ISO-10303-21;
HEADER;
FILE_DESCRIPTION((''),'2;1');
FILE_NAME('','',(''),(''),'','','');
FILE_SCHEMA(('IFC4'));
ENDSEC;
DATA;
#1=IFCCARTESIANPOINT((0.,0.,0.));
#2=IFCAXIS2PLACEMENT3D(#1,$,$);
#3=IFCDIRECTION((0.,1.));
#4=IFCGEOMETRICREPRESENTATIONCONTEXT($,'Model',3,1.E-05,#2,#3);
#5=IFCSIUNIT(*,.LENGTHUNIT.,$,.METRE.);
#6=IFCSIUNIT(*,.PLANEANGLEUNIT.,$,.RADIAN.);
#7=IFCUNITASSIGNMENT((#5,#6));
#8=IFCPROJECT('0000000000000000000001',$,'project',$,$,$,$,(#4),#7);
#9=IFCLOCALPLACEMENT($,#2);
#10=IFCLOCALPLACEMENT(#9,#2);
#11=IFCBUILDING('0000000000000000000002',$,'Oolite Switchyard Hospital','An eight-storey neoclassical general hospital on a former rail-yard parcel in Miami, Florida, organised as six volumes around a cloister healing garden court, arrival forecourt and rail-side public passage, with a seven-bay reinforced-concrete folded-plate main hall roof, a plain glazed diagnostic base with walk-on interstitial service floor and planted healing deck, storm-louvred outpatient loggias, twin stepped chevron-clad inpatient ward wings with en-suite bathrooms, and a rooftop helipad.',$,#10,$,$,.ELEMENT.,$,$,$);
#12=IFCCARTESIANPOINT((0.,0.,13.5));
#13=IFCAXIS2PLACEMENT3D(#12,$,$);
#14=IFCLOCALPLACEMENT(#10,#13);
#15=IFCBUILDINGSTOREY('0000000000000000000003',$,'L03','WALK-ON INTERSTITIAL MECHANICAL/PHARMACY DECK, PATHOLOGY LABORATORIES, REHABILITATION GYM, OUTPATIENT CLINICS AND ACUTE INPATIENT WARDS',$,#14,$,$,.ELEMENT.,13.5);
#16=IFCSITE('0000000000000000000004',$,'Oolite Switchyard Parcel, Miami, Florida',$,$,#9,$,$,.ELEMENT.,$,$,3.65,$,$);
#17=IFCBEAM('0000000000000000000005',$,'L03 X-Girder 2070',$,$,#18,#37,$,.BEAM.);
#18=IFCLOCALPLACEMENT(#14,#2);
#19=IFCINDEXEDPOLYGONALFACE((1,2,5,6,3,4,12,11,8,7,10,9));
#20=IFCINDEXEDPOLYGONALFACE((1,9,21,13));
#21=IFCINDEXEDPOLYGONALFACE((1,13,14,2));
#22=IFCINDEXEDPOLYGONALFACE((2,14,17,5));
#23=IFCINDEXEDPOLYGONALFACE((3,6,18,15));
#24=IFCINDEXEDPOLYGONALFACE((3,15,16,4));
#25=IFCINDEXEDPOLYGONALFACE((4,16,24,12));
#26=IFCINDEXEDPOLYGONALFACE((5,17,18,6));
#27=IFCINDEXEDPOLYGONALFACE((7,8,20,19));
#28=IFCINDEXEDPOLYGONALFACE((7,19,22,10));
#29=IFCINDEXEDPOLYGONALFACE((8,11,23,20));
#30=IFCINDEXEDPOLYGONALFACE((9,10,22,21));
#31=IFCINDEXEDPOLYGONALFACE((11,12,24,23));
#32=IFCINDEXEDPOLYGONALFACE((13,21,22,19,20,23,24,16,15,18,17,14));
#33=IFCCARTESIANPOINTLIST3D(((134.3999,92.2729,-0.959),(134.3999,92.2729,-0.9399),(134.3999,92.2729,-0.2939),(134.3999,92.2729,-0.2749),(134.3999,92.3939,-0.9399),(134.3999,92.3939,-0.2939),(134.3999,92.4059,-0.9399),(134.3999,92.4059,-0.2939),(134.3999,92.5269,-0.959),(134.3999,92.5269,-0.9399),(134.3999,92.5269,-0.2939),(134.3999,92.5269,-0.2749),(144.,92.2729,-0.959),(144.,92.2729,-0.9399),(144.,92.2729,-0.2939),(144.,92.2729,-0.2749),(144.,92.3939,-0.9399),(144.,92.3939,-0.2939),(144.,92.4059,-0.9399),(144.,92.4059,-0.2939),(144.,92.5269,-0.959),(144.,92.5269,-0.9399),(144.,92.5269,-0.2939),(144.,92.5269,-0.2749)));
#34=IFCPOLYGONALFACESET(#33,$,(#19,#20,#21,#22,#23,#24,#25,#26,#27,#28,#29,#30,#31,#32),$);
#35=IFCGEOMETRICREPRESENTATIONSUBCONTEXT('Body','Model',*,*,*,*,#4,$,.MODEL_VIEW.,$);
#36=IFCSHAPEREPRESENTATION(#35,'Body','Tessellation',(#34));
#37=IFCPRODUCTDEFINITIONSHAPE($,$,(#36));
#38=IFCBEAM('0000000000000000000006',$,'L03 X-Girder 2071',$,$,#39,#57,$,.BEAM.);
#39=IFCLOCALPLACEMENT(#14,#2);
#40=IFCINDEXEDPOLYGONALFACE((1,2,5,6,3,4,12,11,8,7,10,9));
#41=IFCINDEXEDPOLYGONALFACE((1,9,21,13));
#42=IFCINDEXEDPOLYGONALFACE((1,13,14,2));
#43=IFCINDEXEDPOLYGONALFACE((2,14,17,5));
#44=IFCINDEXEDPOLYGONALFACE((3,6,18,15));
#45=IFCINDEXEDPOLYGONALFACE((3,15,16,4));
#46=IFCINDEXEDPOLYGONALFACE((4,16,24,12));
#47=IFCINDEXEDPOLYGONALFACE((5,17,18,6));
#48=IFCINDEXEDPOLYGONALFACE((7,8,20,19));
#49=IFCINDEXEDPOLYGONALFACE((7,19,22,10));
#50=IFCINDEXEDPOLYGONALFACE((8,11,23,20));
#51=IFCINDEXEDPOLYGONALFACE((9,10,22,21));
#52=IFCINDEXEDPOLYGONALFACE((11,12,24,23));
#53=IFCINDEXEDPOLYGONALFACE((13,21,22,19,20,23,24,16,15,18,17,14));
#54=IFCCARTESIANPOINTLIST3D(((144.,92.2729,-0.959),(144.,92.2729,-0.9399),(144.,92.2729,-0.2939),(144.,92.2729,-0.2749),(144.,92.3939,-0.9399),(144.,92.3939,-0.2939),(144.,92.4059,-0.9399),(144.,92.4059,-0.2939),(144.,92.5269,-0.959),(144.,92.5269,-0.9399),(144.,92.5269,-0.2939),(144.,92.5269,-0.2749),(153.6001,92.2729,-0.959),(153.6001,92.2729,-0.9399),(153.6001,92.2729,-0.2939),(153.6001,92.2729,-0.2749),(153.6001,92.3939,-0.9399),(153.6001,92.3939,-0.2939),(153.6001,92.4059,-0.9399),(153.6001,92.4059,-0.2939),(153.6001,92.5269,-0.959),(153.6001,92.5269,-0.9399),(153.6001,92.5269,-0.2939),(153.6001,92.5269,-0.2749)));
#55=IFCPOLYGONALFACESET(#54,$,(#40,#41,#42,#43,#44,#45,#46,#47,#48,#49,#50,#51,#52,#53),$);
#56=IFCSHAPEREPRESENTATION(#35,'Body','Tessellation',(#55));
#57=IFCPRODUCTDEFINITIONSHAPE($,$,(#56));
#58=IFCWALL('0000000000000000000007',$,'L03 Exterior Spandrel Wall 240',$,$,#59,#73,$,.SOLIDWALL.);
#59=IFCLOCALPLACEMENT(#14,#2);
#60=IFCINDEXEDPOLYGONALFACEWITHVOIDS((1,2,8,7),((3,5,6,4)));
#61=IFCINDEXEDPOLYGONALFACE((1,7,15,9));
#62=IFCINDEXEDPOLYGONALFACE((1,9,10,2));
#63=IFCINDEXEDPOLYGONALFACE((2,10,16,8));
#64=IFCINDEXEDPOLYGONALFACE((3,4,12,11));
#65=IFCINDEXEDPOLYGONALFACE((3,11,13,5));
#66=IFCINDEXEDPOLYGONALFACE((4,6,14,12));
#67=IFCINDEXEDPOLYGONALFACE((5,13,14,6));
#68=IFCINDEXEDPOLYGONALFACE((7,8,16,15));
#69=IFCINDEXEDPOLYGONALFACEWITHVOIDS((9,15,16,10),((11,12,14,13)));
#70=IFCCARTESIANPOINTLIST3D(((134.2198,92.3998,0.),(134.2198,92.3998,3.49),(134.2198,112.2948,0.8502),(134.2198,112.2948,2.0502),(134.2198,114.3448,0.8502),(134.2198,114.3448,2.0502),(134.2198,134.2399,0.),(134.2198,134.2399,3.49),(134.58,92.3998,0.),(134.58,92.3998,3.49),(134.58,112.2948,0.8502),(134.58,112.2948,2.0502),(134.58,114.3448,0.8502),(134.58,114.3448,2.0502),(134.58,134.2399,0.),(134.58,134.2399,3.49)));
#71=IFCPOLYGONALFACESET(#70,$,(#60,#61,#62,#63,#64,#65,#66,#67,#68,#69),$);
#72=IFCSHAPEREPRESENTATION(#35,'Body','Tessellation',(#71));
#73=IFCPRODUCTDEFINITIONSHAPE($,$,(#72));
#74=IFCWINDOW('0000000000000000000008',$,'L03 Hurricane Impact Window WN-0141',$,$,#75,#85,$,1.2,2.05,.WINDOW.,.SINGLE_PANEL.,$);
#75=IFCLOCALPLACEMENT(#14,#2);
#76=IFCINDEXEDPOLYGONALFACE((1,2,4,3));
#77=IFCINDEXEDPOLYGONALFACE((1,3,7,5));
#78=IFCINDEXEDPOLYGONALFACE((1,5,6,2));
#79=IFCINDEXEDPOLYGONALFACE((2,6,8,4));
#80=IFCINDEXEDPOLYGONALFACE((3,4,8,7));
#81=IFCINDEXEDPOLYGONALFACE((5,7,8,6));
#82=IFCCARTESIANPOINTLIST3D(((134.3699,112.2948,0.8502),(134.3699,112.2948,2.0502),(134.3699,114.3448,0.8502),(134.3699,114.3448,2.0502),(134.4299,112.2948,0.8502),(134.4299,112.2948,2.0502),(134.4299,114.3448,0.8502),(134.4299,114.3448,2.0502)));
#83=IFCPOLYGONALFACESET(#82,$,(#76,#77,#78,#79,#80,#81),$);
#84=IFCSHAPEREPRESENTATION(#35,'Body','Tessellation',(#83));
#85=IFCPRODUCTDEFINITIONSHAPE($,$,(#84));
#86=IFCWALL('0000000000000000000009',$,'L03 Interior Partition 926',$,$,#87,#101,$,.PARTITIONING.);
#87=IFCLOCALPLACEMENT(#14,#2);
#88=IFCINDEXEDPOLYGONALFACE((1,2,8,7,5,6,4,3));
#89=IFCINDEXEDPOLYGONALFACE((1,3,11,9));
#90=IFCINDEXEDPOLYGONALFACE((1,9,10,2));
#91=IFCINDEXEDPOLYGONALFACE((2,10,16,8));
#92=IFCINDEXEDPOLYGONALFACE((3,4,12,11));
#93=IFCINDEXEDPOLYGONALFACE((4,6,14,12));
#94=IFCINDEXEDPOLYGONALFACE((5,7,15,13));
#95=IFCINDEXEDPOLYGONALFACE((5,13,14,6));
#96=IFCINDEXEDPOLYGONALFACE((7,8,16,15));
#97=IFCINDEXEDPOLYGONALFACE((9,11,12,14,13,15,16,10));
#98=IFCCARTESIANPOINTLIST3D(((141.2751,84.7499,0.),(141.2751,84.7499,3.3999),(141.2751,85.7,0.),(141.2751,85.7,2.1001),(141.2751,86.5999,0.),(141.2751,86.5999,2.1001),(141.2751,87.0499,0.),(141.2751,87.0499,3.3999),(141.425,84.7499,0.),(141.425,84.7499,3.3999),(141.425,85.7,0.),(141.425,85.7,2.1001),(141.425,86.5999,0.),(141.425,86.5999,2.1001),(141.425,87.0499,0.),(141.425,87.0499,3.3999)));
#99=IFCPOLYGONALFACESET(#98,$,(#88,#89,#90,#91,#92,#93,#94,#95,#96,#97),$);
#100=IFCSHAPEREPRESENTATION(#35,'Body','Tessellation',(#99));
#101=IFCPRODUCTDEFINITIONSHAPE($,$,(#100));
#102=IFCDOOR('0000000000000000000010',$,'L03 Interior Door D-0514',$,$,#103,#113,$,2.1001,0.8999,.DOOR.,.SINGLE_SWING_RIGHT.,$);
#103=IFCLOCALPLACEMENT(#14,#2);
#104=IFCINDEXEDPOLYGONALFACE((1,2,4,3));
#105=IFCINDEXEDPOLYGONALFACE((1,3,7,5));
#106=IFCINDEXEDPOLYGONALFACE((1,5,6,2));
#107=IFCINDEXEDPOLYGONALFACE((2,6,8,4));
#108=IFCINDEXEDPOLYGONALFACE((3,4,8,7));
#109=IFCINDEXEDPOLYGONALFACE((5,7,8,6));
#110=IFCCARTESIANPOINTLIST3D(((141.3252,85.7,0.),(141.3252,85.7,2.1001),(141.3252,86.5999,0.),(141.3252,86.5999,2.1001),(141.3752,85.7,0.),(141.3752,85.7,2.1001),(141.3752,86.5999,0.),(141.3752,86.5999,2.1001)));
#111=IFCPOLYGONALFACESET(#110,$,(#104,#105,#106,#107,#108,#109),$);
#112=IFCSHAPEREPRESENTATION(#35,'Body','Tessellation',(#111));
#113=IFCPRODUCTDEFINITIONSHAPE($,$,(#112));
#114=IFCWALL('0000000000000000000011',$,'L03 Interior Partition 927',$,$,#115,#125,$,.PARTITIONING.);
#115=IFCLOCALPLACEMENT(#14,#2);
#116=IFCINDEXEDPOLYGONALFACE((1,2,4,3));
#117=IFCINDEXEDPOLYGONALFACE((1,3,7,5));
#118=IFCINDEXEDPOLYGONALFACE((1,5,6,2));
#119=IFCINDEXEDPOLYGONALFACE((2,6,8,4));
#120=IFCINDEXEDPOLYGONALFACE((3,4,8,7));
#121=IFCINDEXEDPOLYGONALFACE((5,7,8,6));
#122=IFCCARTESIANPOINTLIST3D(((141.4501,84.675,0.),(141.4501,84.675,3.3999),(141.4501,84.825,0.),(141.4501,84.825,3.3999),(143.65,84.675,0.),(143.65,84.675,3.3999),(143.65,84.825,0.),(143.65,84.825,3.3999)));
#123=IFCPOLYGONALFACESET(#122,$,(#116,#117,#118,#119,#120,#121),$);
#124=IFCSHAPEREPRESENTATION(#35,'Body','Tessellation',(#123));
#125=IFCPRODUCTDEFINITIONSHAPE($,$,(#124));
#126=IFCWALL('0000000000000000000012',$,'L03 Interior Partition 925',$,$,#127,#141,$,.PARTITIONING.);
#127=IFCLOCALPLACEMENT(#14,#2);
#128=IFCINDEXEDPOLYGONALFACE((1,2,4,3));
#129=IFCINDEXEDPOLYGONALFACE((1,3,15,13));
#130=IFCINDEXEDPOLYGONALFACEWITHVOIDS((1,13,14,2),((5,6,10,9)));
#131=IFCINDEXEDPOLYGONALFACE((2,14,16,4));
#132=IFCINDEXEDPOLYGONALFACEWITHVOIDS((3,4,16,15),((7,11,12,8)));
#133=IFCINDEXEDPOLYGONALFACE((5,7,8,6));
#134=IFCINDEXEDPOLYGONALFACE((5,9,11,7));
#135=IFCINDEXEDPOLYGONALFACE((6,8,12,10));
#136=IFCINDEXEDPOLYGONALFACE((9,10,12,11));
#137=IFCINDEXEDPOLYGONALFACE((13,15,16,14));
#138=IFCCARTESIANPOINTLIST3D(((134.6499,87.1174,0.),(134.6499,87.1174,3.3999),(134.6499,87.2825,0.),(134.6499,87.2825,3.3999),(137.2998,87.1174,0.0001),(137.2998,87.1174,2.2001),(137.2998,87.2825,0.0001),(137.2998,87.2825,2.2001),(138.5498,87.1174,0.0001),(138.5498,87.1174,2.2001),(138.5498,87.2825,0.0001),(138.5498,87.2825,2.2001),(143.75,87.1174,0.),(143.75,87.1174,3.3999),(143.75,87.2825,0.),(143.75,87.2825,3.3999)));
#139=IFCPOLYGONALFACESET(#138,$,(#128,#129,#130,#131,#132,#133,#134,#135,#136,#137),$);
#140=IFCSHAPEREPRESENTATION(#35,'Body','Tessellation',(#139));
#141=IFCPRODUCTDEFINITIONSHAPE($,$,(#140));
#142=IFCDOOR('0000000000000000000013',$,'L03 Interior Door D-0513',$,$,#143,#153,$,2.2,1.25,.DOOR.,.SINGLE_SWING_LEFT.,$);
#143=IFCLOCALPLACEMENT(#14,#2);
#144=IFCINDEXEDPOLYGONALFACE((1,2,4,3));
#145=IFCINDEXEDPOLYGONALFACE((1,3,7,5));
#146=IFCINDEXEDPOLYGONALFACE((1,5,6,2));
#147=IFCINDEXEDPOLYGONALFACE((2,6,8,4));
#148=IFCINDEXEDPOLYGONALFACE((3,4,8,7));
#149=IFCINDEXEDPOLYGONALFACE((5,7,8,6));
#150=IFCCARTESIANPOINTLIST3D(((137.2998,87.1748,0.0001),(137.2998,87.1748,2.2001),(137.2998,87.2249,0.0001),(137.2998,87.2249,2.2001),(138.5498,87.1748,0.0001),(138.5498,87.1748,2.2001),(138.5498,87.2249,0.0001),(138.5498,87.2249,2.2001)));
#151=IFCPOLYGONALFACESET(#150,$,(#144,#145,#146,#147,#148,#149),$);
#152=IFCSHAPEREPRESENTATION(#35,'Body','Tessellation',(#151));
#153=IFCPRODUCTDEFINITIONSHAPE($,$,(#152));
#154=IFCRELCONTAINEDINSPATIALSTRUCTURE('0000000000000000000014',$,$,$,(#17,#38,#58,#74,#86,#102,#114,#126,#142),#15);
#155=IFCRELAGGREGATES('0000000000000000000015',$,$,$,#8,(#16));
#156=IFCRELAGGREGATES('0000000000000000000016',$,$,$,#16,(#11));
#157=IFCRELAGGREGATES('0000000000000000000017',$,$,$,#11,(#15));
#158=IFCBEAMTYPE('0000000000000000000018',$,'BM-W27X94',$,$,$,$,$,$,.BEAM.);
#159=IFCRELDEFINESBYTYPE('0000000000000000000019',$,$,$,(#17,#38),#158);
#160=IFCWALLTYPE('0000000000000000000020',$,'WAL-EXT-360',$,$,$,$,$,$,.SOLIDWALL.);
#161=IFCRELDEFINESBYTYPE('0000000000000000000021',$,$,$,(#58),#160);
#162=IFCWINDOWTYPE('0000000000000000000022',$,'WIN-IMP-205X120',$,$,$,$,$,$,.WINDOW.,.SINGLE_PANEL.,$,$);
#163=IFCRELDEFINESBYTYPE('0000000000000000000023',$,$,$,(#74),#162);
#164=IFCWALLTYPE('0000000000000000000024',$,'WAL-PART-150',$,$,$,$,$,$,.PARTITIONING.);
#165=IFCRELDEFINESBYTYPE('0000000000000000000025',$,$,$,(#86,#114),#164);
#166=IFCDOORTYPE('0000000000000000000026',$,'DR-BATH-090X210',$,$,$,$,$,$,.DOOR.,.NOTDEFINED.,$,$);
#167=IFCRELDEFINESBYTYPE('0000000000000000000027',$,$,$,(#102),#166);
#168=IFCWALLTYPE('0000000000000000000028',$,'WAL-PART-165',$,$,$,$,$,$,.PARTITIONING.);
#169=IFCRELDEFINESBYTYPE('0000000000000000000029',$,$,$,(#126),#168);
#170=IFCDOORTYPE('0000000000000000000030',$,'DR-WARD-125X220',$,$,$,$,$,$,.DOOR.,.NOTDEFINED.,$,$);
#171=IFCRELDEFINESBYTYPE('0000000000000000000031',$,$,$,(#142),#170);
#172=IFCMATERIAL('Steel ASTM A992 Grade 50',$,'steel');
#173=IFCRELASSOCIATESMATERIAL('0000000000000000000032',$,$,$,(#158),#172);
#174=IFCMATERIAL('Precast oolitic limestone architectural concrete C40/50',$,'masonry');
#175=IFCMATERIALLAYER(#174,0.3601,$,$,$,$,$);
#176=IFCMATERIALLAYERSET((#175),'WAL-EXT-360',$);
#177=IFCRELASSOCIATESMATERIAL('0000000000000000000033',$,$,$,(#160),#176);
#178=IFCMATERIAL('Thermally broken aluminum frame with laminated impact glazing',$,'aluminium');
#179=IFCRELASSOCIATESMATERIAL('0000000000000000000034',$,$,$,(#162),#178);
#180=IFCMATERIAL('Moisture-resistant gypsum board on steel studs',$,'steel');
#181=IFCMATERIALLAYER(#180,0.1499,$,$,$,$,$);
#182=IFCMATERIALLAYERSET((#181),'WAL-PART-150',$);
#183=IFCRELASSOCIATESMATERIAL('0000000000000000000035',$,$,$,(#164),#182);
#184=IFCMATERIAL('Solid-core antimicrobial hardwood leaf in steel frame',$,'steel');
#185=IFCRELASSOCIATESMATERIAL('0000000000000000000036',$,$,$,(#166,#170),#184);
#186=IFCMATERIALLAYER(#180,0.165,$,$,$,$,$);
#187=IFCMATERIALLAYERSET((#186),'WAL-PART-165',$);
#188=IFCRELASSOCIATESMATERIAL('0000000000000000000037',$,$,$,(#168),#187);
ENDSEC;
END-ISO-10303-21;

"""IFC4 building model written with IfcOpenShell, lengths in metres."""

from ifc_helpers import new_model, si_unit, direction, frame, frame_2d, origin, origin_2d, place, context, subcontext, project, spatial, rectangle, i_section, extrude, material, layer, layer_set, material_profile, profile_set, type_object, element, fill, save


model = new_model("IFC4")

# Units and contexts
model_context = context("Model", 3, precision=1e-05, world=origin(), true_north=direction((0.0, 1.0)))
body_context = subcontext(model_context, "Body", "Model", "MODEL_VIEW")
ifc_project = project(units=[si_unit("LENGTHUNIT", "METRE"), si_unit("PLANEANGLEUNIT", "RADIAN")], contexts=[model_context])

# Site, building, storey
site_placement = place(None, origin())
site = spatial("IfcSite", under=ifc_project, at=site_placement, Name="Oolite Switchyard Parcel, Miami, Florida", CompositionType="ELEMENT", RefElevation=3.65)
building_placement = place(site_placement, origin())
building = spatial("IfcBuilding", under=site, at=building_placement, Name="Oolite Switchyard Hospital", Description="An eight-storey neoclassical general hospital on a former rail-yard parcel in Miami, Florida, organised as six volumes around a cloister healing garden court, arrival forecourt and rail-side public passage, with a seven-bay reinforced-concrete folded-plate main hall roof, a plain glazed diagnostic base with walk-on interstitial service floor and planted healing deck, storm-louvred outpatient loggias, twin stepped chevron-clad inpatient ward wings with en-suite bathrooms, and a rooftop helipad.", CompositionType="ELEMENT")
storey_placement = place(building_placement, frame((0.0, 0.0, 13.5)))
storey = spatial("IfcBuildingStorey", under=building, at=storey_placement, Name="L03", Description="WALK-ON INTERSTITIAL MECHANICAL/PHARMACY DECK, PATHOLOGY LABORATORIES, REHABILITATION GYM, OUTPATIENT CLINICS AND ACUTE INPATIENT WARDS", CompositionType="ELEMENT", Elevation=13.5)

# Beams
ifc_material_1 = material(Name="Steel ASTM A992 Grade 50", Category="steel")
ifc_material_profile_1 = material_profile(ifc_material_1, i_section(OverallWidth=0.2539, OverallDepth=0.6841, WebThickness=0.012, FlangeThickness=0.019, at=origin_2d()), Name="W27X94")
ifc_profile_set_1 = profile_set([ifc_material_profile_1], Name="Steel ASTM A992 Grade 50")
beam_type_1 = type_object("IfcBeamType", Name="BM-W27X94", PredefinedType="BEAM", material=ifc_profile_set_1)
for number, where, z_axis, x_axis, name in (
    (1, (134.3999, 92.3999, -0.6169), (1.0, 0.0, 0.0), (0.0, 1.0, 0.0), "L03 X-Girder 2070"),
    (2, (144.0, 92.3999, -0.6169), (1.0, 0.0, 0.0), (0.0, 1.0, 0.0), "L03 X-Girder 2071"),
):
    element("IfcBeam", number, at=place(storey_placement, frame(where, z_axis=z_axis, x_axis=x_axis)), inside=storey, type_object=beam_type_1, Name=name, PredefinedType="BEAM", context=body_context, shape_type="SweptSolid", body=[
        extrude(i_section(OverallWidth=0.2539, OverallDepth=0.6841, WebThickness=0.012, FlangeThickness=0.019, at=origin_2d()), origin(), (0.0, 0.0, 1.0), 9.6001),
    ])

# Wall, opening, window
ifc_material_2 = material(Name="Precast oolitic limestone architectural concrete C40/50", Category="masonry")
ifc_layer_1 = layer(ifc_material_2, 0.3601)
ifc_layer_set_1 = layer_set([ifc_layer_1], Name="WAL-EXT-360")
wall_type_1 = type_object("IfcWallType", Name="WAL-EXT-360", PredefinedType="SOLIDWALL", material=ifc_layer_set_1)
wall_1_placement = place(storey_placement, frame((134.3999, 92.3999, 0.0), z_axis=(0.0, 0.0, 1.0), x_axis=(0.0, 1.0, 0.0)))
wall_1 = element("IfcWall", 3, at=wall_1_placement, inside=storey, type_object=wall_type_1, Name="L03 Exterior Spandrel Wall 240", PredefinedType="SOLIDWALL", context=body_context, shape_type="SweptSolid", body=[
    extrude(rectangle(XDim=41.8401, YDim=0.3601, at=frame_2d((20.9199, 0.0))), origin(), (0.0, 0.0, 1.0), 3.49),
])
opening_1_placement = place(wall_1_placement, frame((19.895, 0.0, 0.8501)))
opening_1 = element("IfcOpeningElement", 4, at=opening_1_placement, cuts=wall_1, PredefinedType="OPENING", context=body_context, shape_type="SweptSolid", body=[
    extrude(rectangle(XDim=2.05, YDim=1.2, at=frame_2d((1.0249, 0.6001))), frame((0.0, 0.1899, 0.0), z_axis=(0.0, -1.0, 0.0), x_axis=(1.0, 0.0, 0.0)), (0.0, 0.0, 1.0), 0.3801),
])
ifc_material_3 = material(Name="Thermally broken aluminum frame with laminated impact glazing", Category="aluminium")
window_type = type_object("IfcWindowType", Name="WIN-IMP-205X120", PartitioningType="SINGLE_PANEL", PredefinedType="WINDOW", material=ifc_material_3)
window_placement = place(opening_1_placement, origin())
window = element("IfcWindow", 5, at=window_placement, inside=storey, type_object=window_type, Name="L03 Hurricane Impact Window WN-0141", OverallHeight=1.2, OverallWidth=2.05, PartitioningType="SINGLE_PANEL", PredefinedType="WINDOW", context=body_context, shape_type="SweptSolid", body=[
    extrude(rectangle(XDim=2.05, YDim=1.2, at=frame_2d((1.0249, 0.6001))), frame((0.0, 0.03, 0.0), z_axis=(0.0, -1.0, 0.0), x_axis=(1.0, 0.0, 0.0)), (0.0, 0.0, 1.0), 0.0601),
])
fill(opening_1, window)

# Wall, opening, door
ifc_material_4 = material(Name="Moisture-resistant gypsum board on steel studs", Category="steel")
ifc_layer_2 = layer(ifc_material_4, 0.1499)
ifc_layer_set_2 = layer_set([ifc_layer_2], Name="WAL-PART-150")
wall_type_2 = type_object("IfcWallType", Name="WAL-PART-150", PredefinedType="PARTITIONING", material=ifc_layer_set_2)
wall_2_placement = place(storey_placement, frame((141.3501, 84.75, 0.0), z_axis=(0.0, 0.0, 1.0), x_axis=(0.0, 1.0, 0.0)))
wall_2 = element("IfcWall", 6, at=wall_2_placement, inside=storey, type_object=wall_type_2, Name="L03 Interior Partition 926", PredefinedType="PARTITIONING", context=body_context, shape_type="SweptSolid", body=[
    extrude(rectangle(XDim=2.3, YDim=0.1499, at=frame_2d((1.1499, 0.0))), origin(), (0.0, 0.0, 1.0), 3.3999),
])
opening_2_placement = place(wall_2_placement, frame((0.95, 0.0, 0.0)))
opening_2 = element("IfcOpeningElement", 7, at=opening_2_placement, cuts=wall_2, PredefinedType="OPENING", context=body_context, shape_type="SweptSolid", body=[
    extrude(rectangle(XDim=0.8999, YDim=2.1001, at=frame_2d((0.45, 1.05))), frame((0.0, 0.085, 0.0), z_axis=(0.0, -1.0, 0.0), x_axis=(1.0, 0.0, 0.0)), (0.0, 0.0, 1.0), 0.1699),
])
ifc_material_5 = material(Name="Solid-core antimicrobial hardwood leaf in steel frame", Category="steel")
door_type_1 = type_object("IfcDoorType", Name="DR-BATH-090X210", OperationType="NOTDEFINED", PredefinedType="DOOR", material=ifc_material_5)
door_1_placement = place(opening_2_placement, origin())
door_1 = element("IfcDoor", 8, at=door_1_placement, inside=storey, type_object=door_type_1, Name="L03 Interior Door D-0514", OperationType="SINGLE_SWING_RIGHT", OverallHeight=2.1001, OverallWidth=0.8999, PredefinedType="DOOR", context=body_context, shape_type="SweptSolid", body=[
    extrude(rectangle(XDim=0.8999, YDim=2.1001, at=frame_2d((0.45, 1.05))), frame((0.0, 0.0249, 0.0), z_axis=(0.0, -1.0, 0.0), x_axis=(1.0, 0.0, 0.0)), (0.0, 0.0, 1.0), 0.05),
])
fill(opening_2, door_1)

# Wall
wall_3_placement = place(storey_placement, frame((141.45, 84.75, 0.0), z_axis=(0.0, 0.0, 1.0), x_axis=(1.0, 0.0, 0.0)))
element("IfcWall", 9, at=wall_3_placement, inside=storey, type_object=wall_type_2, Name="L03 Interior Partition 927", PredefinedType="PARTITIONING", context=body_context, shape_type="SweptSolid", body=[
    extrude(rectangle(XDim=2.2, YDim=0.1499, at=frame_2d((1.1001, 0.0))), origin(), (0.0, 0.0, 1.0), 3.3999),
])

# Wall, opening, door
ifc_layer_3 = layer(ifc_material_4, 0.165)
ifc_layer_set_3 = layer_set([ifc_layer_3], Name="WAL-PART-165")
wall_type_3 = type_object("IfcWallType", Name="WAL-PART-165", PredefinedType="PARTITIONING", material=ifc_layer_set_3)
wall_4_placement = place(storey_placement, frame((134.6499, 87.2, 0.0), z_axis=(0.0, 0.0, 1.0), x_axis=(1.0, 0.0, 0.0)))
wall_4 = element("IfcWall", 10, at=wall_4_placement, inside=storey, type_object=wall_type_3, Name="L03 Interior Partition 925", PredefinedType="PARTITIONING", context=body_context, shape_type="SweptSolid", body=[
    extrude(rectangle(XDim=9.1001, YDim=0.165, at=frame_2d((4.55, 0.0))), origin(), (0.0, 0.0, 1.0), 3.3999),
])
opening_3_placement = place(wall_4_placement, frame((2.6499, 0.0, 0.0)))
opening_3 = element("IfcOpeningElement", 11, at=opening_3_placement, cuts=wall_4, PredefinedType="OPENING", context=body_context, shape_type="SweptSolid", body=[
    extrude(rectangle(XDim=1.25, YDim=2.2, at=frame_2d((0.625, 1.1001))), frame((0.0, 0.0925, 0.0), z_axis=(0.0, -1.0, 0.0), x_axis=(1.0, 0.0, 0.0)), (0.0, 0.0, 1.0), 0.1851),
])
door_type_2 = type_object("IfcDoorType", Name="DR-WARD-125X220", OperationType="NOTDEFINED", PredefinedType="DOOR", material=ifc_material_5)
door_2_placement = place(opening_3_placement, origin())
door_2 = element("IfcDoor", 12, at=door_2_placement, inside=storey, type_object=door_type_2, Name="L03 Interior Door D-0513", OperationType="SINGLE_SWING_LEFT", OverallHeight=2.2, OverallWidth=1.25, PredefinedType="DOOR", context=body_context, shape_type="SweptSolid", body=[
    extrude(rectangle(XDim=1.25, YDim=2.2, at=frame_2d((0.625, 1.1001))), frame((0.0, 0.0249, 0.0), z_axis=(0.0, -1.0, 0.0), x_axis=(1.0, 0.0, 0.0)), (0.0, 0.0, 1.0), 0.05),
])
fill(opening_3, door_2)

save(model, "model.ifc")
